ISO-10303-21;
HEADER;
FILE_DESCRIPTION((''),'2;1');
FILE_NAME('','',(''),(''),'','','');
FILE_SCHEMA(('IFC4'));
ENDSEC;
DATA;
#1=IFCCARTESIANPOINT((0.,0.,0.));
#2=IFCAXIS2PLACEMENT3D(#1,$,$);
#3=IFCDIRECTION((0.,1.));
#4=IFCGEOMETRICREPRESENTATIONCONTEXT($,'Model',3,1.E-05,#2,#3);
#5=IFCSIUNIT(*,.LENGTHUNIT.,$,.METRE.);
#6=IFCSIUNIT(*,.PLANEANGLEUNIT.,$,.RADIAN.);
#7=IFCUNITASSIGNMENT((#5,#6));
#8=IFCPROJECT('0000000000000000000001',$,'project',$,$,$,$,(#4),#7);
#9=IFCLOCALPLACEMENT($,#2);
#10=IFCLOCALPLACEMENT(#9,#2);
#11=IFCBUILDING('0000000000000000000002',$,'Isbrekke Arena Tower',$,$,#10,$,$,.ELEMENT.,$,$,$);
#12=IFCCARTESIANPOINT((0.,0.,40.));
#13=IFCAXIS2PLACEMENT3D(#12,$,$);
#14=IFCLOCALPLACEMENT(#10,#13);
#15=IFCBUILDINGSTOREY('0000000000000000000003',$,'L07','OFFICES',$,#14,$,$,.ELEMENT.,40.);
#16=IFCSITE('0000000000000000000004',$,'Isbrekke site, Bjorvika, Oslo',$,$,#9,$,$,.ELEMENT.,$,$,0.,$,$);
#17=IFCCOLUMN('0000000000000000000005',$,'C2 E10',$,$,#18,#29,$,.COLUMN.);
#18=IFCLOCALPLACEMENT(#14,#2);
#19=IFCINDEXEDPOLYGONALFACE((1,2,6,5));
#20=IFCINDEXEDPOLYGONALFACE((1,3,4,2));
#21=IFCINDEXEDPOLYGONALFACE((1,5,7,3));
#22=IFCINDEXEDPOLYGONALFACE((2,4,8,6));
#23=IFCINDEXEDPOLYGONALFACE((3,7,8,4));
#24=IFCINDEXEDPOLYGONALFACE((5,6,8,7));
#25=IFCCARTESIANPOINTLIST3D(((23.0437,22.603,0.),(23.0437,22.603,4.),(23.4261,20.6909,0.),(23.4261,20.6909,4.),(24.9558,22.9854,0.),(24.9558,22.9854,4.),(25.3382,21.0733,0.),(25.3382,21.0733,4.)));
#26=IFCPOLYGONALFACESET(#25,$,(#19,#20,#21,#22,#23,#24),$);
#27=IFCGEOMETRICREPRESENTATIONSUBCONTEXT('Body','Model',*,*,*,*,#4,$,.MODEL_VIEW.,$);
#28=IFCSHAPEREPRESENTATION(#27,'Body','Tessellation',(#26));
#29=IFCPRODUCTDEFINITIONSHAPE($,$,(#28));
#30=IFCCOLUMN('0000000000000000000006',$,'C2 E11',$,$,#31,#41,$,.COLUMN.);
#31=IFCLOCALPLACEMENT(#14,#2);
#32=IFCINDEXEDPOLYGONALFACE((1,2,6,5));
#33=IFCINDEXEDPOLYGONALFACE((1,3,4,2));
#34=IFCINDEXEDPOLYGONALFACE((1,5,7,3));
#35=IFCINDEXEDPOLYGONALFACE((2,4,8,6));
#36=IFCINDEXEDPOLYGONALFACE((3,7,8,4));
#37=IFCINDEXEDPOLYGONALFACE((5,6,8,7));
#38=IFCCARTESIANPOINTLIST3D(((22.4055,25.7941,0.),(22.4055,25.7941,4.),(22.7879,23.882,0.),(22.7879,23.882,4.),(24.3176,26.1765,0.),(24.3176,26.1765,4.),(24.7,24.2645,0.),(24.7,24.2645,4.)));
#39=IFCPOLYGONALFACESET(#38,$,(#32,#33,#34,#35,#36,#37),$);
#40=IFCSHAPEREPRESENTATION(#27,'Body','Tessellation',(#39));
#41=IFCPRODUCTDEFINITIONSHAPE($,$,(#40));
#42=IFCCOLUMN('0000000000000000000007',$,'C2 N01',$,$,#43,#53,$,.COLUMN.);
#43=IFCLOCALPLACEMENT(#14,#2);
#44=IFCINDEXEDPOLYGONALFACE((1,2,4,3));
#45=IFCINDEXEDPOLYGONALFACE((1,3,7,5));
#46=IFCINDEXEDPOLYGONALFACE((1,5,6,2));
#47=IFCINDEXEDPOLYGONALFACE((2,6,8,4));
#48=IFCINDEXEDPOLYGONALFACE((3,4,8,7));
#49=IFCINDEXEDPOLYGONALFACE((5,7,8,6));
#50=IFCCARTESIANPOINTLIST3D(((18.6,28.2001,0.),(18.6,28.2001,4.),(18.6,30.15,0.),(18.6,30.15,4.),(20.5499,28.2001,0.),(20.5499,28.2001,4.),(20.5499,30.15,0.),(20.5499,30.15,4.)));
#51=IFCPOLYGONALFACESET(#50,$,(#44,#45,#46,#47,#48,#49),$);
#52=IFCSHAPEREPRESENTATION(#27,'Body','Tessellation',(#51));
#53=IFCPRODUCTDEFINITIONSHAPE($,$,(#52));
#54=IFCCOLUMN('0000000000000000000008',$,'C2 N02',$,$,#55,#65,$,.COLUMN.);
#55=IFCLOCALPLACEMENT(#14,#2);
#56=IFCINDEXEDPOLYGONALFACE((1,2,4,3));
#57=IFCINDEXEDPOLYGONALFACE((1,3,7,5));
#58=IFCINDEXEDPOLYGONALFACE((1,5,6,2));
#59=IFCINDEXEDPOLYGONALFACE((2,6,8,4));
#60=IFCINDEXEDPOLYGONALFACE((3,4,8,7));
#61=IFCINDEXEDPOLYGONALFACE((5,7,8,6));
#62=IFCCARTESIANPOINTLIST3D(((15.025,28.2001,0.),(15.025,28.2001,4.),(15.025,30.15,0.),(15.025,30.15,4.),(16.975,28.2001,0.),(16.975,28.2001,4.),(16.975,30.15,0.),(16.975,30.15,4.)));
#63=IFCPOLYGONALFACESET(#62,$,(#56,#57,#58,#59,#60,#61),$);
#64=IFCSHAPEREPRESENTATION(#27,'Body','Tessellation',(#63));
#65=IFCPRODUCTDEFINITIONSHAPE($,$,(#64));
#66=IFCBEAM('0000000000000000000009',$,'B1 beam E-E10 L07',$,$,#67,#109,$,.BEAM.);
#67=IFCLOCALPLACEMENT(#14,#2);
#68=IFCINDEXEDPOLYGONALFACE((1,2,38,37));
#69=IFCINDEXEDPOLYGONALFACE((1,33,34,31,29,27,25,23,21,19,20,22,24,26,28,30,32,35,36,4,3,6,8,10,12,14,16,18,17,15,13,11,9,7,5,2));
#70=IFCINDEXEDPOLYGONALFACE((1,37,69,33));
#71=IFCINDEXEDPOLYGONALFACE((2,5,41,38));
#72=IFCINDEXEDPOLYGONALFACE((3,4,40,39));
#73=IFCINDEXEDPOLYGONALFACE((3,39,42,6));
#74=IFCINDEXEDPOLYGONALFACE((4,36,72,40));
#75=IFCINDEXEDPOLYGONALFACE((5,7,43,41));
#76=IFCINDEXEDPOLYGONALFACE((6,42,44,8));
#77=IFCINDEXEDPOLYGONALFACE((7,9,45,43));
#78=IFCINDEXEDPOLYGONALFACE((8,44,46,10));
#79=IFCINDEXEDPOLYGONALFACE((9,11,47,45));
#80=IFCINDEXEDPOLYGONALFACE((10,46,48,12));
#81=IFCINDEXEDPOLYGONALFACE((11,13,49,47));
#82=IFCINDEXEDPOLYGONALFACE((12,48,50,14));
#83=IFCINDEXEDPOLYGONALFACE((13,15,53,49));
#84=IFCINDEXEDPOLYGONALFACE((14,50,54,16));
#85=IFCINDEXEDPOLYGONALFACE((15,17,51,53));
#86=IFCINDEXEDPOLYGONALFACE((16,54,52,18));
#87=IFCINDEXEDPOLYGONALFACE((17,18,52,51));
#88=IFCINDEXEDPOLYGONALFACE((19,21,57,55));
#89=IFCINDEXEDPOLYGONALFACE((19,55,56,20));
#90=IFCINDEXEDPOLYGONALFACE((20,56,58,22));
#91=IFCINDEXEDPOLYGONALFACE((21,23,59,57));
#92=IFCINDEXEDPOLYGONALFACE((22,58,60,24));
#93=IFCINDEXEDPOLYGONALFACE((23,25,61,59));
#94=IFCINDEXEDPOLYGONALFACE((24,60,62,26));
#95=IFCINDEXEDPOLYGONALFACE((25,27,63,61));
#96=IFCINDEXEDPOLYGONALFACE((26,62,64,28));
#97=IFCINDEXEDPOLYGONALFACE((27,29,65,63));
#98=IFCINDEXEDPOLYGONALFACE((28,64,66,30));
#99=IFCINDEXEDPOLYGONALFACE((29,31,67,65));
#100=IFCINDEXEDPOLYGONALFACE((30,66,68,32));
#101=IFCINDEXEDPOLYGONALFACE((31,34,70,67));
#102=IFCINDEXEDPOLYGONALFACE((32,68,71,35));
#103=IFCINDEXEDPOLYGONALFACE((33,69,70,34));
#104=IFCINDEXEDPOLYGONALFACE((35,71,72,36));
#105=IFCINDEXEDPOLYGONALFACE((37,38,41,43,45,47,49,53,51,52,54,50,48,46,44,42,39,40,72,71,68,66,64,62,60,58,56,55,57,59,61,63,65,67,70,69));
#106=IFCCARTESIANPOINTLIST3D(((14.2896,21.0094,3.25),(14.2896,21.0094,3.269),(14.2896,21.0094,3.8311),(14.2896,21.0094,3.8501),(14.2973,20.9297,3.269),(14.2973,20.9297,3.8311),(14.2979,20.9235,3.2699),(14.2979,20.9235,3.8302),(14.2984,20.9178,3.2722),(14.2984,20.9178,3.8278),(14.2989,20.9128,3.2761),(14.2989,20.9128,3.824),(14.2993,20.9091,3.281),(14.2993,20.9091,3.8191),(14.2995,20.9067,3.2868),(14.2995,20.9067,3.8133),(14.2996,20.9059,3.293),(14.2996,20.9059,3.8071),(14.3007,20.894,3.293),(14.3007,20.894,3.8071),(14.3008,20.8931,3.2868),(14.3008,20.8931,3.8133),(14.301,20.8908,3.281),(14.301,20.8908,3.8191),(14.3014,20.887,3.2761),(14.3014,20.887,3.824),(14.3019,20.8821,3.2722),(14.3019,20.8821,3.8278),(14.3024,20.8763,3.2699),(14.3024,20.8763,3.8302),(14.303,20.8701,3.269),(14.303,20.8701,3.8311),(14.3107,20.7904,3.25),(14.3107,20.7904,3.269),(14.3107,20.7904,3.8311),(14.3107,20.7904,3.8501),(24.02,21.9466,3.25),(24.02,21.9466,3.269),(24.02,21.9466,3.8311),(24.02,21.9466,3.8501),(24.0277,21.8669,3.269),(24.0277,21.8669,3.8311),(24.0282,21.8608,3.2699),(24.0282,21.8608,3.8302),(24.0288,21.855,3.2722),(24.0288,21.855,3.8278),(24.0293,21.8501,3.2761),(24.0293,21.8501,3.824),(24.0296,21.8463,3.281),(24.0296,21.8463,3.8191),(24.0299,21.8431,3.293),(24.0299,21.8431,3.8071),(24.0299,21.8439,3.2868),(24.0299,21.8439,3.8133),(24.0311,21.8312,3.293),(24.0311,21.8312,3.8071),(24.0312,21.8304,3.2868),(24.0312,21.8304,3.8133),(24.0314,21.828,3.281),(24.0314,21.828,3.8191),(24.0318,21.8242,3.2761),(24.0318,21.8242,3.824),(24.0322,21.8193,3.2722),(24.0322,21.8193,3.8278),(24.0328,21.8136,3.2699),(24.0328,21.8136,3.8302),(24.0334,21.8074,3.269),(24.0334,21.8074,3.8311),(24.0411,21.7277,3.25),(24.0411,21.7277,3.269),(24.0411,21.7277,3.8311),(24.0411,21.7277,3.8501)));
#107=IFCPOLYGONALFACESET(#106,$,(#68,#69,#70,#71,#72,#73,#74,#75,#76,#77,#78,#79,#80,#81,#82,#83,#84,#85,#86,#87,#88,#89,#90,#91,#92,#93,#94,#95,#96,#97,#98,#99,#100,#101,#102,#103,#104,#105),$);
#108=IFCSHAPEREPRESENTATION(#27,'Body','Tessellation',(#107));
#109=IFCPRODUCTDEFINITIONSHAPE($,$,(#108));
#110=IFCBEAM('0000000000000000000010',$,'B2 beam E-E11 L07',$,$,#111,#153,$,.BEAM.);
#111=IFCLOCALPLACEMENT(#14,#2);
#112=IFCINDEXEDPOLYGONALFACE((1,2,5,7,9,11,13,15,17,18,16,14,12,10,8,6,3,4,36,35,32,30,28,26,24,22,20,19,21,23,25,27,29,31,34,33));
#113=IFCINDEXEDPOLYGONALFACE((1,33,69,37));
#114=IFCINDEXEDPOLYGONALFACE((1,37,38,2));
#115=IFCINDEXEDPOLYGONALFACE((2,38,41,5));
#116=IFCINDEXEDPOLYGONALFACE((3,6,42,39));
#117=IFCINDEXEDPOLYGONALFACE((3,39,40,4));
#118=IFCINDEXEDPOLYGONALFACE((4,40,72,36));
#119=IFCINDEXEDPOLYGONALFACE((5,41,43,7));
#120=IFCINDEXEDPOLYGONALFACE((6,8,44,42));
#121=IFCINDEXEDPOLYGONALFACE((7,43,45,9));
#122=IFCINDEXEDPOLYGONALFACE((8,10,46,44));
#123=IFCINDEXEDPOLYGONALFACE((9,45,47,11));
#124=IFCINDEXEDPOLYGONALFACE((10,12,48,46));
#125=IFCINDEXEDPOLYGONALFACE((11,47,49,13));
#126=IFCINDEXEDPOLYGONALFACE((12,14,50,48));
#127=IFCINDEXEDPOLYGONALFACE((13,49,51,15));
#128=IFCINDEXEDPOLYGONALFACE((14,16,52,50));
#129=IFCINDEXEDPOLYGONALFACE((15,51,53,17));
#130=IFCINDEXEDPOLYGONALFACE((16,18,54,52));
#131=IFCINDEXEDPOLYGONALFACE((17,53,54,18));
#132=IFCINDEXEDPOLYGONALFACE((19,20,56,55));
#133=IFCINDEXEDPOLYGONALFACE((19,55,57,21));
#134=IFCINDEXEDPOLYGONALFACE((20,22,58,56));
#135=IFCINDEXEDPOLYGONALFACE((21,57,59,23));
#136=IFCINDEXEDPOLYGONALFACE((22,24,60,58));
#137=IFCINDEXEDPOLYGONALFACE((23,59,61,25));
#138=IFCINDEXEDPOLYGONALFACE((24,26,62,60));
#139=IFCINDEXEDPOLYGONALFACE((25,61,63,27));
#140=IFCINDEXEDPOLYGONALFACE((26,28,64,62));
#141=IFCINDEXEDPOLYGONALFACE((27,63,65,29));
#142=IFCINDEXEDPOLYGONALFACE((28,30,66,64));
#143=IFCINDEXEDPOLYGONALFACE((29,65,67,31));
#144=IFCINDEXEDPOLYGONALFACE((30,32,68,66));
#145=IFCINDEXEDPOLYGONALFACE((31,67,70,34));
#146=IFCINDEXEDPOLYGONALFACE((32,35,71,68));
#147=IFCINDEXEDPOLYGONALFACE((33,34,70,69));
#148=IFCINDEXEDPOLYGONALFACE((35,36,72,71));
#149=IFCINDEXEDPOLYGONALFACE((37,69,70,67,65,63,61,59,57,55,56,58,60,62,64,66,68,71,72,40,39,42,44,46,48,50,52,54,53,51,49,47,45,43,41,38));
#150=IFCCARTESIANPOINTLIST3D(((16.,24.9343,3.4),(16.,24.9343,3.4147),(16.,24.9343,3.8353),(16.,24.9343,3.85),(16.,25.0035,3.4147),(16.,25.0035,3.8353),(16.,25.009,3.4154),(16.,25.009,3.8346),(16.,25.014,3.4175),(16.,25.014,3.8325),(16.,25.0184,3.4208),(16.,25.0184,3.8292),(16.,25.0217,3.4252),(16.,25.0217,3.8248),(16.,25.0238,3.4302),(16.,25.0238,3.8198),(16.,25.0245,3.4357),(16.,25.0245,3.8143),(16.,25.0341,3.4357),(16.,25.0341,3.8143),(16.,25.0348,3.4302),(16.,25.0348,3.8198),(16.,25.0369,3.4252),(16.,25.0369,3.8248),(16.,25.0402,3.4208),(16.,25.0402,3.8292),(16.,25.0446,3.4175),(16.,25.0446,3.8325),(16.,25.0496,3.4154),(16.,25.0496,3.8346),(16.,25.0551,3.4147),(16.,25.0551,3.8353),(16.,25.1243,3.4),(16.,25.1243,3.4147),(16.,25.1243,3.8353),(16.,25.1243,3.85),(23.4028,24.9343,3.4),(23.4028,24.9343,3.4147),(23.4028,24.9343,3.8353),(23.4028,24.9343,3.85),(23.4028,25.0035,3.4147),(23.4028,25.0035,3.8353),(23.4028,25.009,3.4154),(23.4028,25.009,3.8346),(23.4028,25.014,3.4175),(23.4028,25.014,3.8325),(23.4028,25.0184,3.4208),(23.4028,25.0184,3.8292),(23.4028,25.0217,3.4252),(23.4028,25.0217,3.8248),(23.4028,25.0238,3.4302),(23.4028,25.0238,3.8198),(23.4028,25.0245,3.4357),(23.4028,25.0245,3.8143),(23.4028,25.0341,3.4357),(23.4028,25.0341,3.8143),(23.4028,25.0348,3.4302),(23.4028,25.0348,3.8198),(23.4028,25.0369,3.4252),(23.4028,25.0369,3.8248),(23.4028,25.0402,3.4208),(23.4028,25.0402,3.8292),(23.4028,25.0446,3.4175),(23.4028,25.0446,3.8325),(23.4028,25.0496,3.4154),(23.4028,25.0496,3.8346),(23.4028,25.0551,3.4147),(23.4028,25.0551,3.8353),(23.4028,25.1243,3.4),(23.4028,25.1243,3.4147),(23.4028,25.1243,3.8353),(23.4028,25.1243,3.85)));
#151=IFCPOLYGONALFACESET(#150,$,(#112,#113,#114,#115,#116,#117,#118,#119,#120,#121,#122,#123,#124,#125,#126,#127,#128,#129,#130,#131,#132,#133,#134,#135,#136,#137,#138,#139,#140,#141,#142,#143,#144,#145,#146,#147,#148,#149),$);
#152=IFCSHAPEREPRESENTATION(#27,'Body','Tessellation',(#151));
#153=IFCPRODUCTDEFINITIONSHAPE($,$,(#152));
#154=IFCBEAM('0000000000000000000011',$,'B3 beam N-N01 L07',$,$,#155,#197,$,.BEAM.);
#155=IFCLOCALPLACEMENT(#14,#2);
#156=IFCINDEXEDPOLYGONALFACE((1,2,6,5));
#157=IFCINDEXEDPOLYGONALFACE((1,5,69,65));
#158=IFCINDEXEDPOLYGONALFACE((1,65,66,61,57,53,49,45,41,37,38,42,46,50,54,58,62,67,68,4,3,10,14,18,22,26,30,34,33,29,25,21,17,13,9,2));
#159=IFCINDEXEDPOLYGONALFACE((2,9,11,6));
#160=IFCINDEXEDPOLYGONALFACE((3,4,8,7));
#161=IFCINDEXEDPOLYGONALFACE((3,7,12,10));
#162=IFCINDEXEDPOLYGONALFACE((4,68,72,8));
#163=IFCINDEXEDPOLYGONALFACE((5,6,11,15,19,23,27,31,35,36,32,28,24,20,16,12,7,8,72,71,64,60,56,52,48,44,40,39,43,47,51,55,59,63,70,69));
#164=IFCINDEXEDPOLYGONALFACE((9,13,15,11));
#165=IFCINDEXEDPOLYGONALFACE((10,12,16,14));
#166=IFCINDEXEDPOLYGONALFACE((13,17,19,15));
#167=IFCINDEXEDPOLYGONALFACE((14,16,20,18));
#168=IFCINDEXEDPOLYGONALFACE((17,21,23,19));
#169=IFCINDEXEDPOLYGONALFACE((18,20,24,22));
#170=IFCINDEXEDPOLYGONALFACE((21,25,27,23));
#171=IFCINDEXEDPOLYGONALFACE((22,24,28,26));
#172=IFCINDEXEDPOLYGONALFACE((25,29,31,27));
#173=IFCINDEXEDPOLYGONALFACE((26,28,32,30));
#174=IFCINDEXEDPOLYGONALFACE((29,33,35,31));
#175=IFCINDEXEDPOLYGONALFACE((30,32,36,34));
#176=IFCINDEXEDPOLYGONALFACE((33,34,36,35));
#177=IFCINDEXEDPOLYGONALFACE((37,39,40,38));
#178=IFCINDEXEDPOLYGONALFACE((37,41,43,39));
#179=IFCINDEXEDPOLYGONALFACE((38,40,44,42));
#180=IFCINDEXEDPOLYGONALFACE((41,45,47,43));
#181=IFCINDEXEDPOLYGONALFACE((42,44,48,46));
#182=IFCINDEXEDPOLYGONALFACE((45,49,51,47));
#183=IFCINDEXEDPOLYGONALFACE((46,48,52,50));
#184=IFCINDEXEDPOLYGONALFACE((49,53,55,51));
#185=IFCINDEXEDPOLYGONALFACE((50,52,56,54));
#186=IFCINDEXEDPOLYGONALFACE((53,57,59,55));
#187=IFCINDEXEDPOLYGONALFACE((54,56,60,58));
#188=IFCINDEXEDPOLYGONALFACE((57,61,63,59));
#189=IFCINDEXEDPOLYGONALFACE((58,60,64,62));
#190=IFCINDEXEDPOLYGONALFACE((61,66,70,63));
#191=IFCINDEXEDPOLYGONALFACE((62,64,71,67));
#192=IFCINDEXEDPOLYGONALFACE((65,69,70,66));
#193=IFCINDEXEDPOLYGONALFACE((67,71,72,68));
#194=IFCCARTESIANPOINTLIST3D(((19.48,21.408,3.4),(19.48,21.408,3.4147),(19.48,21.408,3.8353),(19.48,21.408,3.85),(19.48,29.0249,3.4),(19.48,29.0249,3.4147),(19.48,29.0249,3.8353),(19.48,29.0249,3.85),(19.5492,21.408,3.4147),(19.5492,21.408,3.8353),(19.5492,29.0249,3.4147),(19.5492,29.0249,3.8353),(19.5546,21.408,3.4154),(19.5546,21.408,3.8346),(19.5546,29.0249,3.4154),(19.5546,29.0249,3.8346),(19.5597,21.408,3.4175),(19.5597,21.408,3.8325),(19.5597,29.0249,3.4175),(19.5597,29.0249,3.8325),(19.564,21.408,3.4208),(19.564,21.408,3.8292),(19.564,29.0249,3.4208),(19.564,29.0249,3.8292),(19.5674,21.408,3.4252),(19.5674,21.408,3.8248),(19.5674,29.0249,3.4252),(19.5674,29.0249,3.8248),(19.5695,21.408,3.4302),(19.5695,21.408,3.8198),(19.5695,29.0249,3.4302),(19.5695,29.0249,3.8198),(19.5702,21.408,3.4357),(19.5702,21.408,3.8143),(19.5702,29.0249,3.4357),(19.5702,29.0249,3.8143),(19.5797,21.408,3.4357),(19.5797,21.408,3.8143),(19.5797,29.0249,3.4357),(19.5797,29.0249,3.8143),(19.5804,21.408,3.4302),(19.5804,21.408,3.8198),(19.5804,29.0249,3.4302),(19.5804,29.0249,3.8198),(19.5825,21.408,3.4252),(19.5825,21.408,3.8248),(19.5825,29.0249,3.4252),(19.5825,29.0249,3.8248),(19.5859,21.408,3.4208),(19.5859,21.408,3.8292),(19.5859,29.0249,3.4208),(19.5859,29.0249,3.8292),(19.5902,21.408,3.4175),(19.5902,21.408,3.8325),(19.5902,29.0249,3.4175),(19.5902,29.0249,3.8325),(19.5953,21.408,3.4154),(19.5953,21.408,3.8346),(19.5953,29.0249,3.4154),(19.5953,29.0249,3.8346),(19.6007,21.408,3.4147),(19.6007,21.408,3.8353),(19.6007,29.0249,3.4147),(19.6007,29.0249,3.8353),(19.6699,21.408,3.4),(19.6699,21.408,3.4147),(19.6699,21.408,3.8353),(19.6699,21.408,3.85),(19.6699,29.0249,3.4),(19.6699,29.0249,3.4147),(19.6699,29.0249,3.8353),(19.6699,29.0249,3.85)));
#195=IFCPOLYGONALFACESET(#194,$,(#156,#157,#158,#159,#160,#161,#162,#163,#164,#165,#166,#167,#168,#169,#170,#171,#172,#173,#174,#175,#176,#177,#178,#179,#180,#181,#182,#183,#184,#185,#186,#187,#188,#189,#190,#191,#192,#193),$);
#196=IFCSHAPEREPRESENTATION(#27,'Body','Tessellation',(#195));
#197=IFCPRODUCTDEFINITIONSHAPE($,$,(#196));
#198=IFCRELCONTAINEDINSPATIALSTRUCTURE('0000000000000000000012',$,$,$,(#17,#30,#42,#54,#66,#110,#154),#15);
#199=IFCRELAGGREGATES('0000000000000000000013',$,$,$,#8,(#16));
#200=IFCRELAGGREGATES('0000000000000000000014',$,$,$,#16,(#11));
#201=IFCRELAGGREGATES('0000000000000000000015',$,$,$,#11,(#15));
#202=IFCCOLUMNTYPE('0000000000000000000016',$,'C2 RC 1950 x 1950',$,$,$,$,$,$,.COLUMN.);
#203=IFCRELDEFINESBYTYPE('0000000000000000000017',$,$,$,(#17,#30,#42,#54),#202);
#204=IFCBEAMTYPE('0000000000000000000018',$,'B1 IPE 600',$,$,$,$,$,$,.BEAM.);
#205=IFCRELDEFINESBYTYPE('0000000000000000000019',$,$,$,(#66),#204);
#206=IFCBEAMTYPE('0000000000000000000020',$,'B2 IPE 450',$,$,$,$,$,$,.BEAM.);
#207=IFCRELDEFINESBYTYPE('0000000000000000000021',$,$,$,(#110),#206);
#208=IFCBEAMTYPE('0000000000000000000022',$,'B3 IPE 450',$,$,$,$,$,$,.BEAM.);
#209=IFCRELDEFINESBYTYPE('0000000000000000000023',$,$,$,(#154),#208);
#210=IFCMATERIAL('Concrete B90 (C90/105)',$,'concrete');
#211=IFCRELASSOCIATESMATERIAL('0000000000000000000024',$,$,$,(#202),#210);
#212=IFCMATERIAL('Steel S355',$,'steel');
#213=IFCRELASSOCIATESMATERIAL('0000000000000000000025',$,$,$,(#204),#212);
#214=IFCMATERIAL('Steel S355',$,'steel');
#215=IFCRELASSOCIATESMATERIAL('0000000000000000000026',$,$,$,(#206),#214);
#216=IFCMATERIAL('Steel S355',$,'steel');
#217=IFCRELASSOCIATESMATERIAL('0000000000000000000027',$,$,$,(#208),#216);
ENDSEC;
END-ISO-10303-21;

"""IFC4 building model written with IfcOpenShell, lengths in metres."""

from ifc_helpers import new_model, si_unit, direction, frame, origin, origin_2d, place, context, subcontext, project, spatial, rectangle, i_section, extrude, material, material_profile, profile_set, type_object, element, save


model = new_model("IFC4")

# Units and contexts
model_context = context("Model", 3, precision=1e-05, world=origin(), true_north=direction((0.0, 1.0)))
body_context = subcontext(model_context, "Body", "Model", "MODEL_VIEW")
ifc_project = project(units=[si_unit("LENGTHUNIT", "METRE"), si_unit("PLANEANGLEUNIT", "RADIAN")], contexts=[model_context])

# Site, building, storey
site_placement = place(None, origin())
site = spatial("IfcSite", under=ifc_project, at=site_placement, Name="Isbrekke site, Bjorvika, Oslo", CompositionType="ELEMENT", RefElevation=0.0)
building_placement = place(site_placement, origin())
building = spatial("IfcBuilding", under=site, at=building_placement, Name="Isbrekke Arena Tower", CompositionType="ELEMENT")
storey_placement = place(building_placement, frame((0.0, 0.0, 40.0)))
storey = spatial("IfcBuildingStorey", under=building, at=storey_placement, Name="L07", Description="OFFICES", CompositionType="ELEMENT", Elevation=40.0)

# Columns
ifc_material_1 = material(Name="Concrete B90 (C90/105)", Category="concrete")
ifc_material_profile_1 = material_profile(ifc_material_1, rectangle(XDim=1.95, YDim=1.95, at=origin_2d()), Name="RC 1950x1950")
ifc_profile_set_1 = profile_set([ifc_material_profile_1], Name="Concrete B90 (C90/105)")
column_type = type_object("IfcColumnType", Name="C2 RC 1950 x 1950", PredefinedType="COLUMN", material=ifc_profile_set_1)
for number, where, z_axis, x_axis, name in (
    (1, (24.1909, 21.8381, 0.0), (0.0, 0.0, 1.0), (-0.196116, 0.980581, 0.0), "C2 E10"),
    (2, (23.5527, 25.0293, 0.0), (0.0, 0.0, 1.0), (-0.196116, 0.980581, 0.0), "C2 E11"),
    (3, (19.575, 29.175, 0.0), (0.0, 0.0, 1.0), (-1.0, 0.0, 0.0), "C2 N01"),
    (4, (16.0, 29.175, 0.0), (0.0, 0.0, 1.0), (-1.0, 0.0, 0.0), "C2 N02"),
):
    element("IfcColumn", number, at=place(storey_placement, frame(where, z_axis=z_axis, x_axis=x_axis)), inside=storey, type_object=column_type, Name=name, PredefinedType="COLUMN", context=body_context, shape_type="SweptSolid", body=[
        extrude(rectangle(XDim=1.95, YDim=1.95, at=origin_2d()), origin(), (0.0, 0.0, 1.0), 4.0),
    ])

# Beams
ifc_material_2 = material(Name="Steel S355", Category="steel")
ifc_material_profile_2 = material_profile(ifc_material_2, i_section(OverallWidth=0.22, OverallDepth=0.6001, WebThickness=0.012, FlangeThickness=0.019, FilletRadius=0.0239, at=origin_2d()), Name="IPE 600")
ifc_profile_set_2 = profile_set([ifc_material_profile_2], Name="Steel S355")
beam_type_1 = type_object("IfcBeamType", Name="B1 IPE 600", PredefinedType="BEAM", material=ifc_profile_set_2)
beam_1_placement = place(storey_placement, frame((24.0305, 21.8372, 3.55), z_axis=(-0.995393, -0.095878, 0.0), x_axis=(0.095878, -0.995393, 0.0)))
element("IfcBeam", 5, at=beam_1_placement, inside=storey, type_object=beam_type_1, Name="B1 beam E-E10 L07", PredefinedType="BEAM", context=body_context, shape_type="SweptSolid", body=[
    extrude(i_section(OverallWidth=0.22, OverallDepth=0.6001, WebThickness=0.012, FlangeThickness=0.019, FilletRadius=0.0239, at=origin_2d()), origin(), (0.0, 0.0, 1.0), 9.7754),
])
ifc_material_3 = material(Name="Steel S355", Category="steel")
ifc_material_profile_3 = material_profile(ifc_material_3, i_section(OverallWidth=0.1899, OverallDepth=0.45, WebThickness=0.0095, FlangeThickness=0.0146, FilletRadius=0.021, at=origin_2d()), Name="IPE 450")
ifc_profile_set_3 = profile_set([ifc_material_profile_3], Name="Steel S355")
beam_type_2 = type_object("IfcBeamType", Name="B2 IPE 450", PredefinedType="BEAM", material=ifc_profile_set_3)
beam_2_placement = place(storey_placement, frame((23.4028, 25.0293, 3.625), z_axis=(-1.0, 0.0, 0.0), x_axis=(0.0, -1.0, 0.0)))
element("IfcBeam", 6, at=beam_2_placement, inside=storey, type_object=beam_type_2, Name="B2 beam E-E11 L07", PredefinedType="BEAM", context=body_context, shape_type="SweptSolid", body=[
    extrude(i_section(OverallWidth=0.1899, OverallDepth=0.45, WebThickness=0.0095, FlangeThickness=0.0146, FilletRadius=0.021, at=origin_2d()), origin(), (0.0, 0.0, 1.0), 7.4028),
])
ifc_material_4 = material(Name="Steel S355", Category="steel")
ifc_material_profile_4 = material_profile(ifc_material_4, i_section(OverallWidth=0.1899, OverallDepth=0.45, WebThickness=0.0095, FlangeThickness=0.0146, FilletRadius=0.021, at=origin_2d()), Name="IPE 450")
ifc_profile_set_4 = profile_set([ifc_material_profile_4], Name="Steel S355")
beam_type_3 = type_object("IfcBeamType", Name="B3 IPE 450", PredefinedType="BEAM", material=ifc_profile_set_4)
beam_3_placement = place(storey_placement, frame((19.575, 29.0249, 3.625), z_axis=(0.0, -1.0, 0.0), x_axis=(1.0, 0.0, 0.0)))
element("IfcBeam", 7, at=beam_3_placement, inside=storey, type_object=beam_type_3, Name="B3 beam N-N01 L07", PredefinedType="BEAM", context=body_context, shape_type="SweptSolid", body=[
    extrude(i_section(OverallWidth=0.1899, OverallDepth=0.45, WebThickness=0.0095, FlangeThickness=0.0146, FilletRadius=0.021, at=origin_2d()), origin(), (0.0, 0.0, 1.0), 7.6169),
])

save(model, "model.ifc")
